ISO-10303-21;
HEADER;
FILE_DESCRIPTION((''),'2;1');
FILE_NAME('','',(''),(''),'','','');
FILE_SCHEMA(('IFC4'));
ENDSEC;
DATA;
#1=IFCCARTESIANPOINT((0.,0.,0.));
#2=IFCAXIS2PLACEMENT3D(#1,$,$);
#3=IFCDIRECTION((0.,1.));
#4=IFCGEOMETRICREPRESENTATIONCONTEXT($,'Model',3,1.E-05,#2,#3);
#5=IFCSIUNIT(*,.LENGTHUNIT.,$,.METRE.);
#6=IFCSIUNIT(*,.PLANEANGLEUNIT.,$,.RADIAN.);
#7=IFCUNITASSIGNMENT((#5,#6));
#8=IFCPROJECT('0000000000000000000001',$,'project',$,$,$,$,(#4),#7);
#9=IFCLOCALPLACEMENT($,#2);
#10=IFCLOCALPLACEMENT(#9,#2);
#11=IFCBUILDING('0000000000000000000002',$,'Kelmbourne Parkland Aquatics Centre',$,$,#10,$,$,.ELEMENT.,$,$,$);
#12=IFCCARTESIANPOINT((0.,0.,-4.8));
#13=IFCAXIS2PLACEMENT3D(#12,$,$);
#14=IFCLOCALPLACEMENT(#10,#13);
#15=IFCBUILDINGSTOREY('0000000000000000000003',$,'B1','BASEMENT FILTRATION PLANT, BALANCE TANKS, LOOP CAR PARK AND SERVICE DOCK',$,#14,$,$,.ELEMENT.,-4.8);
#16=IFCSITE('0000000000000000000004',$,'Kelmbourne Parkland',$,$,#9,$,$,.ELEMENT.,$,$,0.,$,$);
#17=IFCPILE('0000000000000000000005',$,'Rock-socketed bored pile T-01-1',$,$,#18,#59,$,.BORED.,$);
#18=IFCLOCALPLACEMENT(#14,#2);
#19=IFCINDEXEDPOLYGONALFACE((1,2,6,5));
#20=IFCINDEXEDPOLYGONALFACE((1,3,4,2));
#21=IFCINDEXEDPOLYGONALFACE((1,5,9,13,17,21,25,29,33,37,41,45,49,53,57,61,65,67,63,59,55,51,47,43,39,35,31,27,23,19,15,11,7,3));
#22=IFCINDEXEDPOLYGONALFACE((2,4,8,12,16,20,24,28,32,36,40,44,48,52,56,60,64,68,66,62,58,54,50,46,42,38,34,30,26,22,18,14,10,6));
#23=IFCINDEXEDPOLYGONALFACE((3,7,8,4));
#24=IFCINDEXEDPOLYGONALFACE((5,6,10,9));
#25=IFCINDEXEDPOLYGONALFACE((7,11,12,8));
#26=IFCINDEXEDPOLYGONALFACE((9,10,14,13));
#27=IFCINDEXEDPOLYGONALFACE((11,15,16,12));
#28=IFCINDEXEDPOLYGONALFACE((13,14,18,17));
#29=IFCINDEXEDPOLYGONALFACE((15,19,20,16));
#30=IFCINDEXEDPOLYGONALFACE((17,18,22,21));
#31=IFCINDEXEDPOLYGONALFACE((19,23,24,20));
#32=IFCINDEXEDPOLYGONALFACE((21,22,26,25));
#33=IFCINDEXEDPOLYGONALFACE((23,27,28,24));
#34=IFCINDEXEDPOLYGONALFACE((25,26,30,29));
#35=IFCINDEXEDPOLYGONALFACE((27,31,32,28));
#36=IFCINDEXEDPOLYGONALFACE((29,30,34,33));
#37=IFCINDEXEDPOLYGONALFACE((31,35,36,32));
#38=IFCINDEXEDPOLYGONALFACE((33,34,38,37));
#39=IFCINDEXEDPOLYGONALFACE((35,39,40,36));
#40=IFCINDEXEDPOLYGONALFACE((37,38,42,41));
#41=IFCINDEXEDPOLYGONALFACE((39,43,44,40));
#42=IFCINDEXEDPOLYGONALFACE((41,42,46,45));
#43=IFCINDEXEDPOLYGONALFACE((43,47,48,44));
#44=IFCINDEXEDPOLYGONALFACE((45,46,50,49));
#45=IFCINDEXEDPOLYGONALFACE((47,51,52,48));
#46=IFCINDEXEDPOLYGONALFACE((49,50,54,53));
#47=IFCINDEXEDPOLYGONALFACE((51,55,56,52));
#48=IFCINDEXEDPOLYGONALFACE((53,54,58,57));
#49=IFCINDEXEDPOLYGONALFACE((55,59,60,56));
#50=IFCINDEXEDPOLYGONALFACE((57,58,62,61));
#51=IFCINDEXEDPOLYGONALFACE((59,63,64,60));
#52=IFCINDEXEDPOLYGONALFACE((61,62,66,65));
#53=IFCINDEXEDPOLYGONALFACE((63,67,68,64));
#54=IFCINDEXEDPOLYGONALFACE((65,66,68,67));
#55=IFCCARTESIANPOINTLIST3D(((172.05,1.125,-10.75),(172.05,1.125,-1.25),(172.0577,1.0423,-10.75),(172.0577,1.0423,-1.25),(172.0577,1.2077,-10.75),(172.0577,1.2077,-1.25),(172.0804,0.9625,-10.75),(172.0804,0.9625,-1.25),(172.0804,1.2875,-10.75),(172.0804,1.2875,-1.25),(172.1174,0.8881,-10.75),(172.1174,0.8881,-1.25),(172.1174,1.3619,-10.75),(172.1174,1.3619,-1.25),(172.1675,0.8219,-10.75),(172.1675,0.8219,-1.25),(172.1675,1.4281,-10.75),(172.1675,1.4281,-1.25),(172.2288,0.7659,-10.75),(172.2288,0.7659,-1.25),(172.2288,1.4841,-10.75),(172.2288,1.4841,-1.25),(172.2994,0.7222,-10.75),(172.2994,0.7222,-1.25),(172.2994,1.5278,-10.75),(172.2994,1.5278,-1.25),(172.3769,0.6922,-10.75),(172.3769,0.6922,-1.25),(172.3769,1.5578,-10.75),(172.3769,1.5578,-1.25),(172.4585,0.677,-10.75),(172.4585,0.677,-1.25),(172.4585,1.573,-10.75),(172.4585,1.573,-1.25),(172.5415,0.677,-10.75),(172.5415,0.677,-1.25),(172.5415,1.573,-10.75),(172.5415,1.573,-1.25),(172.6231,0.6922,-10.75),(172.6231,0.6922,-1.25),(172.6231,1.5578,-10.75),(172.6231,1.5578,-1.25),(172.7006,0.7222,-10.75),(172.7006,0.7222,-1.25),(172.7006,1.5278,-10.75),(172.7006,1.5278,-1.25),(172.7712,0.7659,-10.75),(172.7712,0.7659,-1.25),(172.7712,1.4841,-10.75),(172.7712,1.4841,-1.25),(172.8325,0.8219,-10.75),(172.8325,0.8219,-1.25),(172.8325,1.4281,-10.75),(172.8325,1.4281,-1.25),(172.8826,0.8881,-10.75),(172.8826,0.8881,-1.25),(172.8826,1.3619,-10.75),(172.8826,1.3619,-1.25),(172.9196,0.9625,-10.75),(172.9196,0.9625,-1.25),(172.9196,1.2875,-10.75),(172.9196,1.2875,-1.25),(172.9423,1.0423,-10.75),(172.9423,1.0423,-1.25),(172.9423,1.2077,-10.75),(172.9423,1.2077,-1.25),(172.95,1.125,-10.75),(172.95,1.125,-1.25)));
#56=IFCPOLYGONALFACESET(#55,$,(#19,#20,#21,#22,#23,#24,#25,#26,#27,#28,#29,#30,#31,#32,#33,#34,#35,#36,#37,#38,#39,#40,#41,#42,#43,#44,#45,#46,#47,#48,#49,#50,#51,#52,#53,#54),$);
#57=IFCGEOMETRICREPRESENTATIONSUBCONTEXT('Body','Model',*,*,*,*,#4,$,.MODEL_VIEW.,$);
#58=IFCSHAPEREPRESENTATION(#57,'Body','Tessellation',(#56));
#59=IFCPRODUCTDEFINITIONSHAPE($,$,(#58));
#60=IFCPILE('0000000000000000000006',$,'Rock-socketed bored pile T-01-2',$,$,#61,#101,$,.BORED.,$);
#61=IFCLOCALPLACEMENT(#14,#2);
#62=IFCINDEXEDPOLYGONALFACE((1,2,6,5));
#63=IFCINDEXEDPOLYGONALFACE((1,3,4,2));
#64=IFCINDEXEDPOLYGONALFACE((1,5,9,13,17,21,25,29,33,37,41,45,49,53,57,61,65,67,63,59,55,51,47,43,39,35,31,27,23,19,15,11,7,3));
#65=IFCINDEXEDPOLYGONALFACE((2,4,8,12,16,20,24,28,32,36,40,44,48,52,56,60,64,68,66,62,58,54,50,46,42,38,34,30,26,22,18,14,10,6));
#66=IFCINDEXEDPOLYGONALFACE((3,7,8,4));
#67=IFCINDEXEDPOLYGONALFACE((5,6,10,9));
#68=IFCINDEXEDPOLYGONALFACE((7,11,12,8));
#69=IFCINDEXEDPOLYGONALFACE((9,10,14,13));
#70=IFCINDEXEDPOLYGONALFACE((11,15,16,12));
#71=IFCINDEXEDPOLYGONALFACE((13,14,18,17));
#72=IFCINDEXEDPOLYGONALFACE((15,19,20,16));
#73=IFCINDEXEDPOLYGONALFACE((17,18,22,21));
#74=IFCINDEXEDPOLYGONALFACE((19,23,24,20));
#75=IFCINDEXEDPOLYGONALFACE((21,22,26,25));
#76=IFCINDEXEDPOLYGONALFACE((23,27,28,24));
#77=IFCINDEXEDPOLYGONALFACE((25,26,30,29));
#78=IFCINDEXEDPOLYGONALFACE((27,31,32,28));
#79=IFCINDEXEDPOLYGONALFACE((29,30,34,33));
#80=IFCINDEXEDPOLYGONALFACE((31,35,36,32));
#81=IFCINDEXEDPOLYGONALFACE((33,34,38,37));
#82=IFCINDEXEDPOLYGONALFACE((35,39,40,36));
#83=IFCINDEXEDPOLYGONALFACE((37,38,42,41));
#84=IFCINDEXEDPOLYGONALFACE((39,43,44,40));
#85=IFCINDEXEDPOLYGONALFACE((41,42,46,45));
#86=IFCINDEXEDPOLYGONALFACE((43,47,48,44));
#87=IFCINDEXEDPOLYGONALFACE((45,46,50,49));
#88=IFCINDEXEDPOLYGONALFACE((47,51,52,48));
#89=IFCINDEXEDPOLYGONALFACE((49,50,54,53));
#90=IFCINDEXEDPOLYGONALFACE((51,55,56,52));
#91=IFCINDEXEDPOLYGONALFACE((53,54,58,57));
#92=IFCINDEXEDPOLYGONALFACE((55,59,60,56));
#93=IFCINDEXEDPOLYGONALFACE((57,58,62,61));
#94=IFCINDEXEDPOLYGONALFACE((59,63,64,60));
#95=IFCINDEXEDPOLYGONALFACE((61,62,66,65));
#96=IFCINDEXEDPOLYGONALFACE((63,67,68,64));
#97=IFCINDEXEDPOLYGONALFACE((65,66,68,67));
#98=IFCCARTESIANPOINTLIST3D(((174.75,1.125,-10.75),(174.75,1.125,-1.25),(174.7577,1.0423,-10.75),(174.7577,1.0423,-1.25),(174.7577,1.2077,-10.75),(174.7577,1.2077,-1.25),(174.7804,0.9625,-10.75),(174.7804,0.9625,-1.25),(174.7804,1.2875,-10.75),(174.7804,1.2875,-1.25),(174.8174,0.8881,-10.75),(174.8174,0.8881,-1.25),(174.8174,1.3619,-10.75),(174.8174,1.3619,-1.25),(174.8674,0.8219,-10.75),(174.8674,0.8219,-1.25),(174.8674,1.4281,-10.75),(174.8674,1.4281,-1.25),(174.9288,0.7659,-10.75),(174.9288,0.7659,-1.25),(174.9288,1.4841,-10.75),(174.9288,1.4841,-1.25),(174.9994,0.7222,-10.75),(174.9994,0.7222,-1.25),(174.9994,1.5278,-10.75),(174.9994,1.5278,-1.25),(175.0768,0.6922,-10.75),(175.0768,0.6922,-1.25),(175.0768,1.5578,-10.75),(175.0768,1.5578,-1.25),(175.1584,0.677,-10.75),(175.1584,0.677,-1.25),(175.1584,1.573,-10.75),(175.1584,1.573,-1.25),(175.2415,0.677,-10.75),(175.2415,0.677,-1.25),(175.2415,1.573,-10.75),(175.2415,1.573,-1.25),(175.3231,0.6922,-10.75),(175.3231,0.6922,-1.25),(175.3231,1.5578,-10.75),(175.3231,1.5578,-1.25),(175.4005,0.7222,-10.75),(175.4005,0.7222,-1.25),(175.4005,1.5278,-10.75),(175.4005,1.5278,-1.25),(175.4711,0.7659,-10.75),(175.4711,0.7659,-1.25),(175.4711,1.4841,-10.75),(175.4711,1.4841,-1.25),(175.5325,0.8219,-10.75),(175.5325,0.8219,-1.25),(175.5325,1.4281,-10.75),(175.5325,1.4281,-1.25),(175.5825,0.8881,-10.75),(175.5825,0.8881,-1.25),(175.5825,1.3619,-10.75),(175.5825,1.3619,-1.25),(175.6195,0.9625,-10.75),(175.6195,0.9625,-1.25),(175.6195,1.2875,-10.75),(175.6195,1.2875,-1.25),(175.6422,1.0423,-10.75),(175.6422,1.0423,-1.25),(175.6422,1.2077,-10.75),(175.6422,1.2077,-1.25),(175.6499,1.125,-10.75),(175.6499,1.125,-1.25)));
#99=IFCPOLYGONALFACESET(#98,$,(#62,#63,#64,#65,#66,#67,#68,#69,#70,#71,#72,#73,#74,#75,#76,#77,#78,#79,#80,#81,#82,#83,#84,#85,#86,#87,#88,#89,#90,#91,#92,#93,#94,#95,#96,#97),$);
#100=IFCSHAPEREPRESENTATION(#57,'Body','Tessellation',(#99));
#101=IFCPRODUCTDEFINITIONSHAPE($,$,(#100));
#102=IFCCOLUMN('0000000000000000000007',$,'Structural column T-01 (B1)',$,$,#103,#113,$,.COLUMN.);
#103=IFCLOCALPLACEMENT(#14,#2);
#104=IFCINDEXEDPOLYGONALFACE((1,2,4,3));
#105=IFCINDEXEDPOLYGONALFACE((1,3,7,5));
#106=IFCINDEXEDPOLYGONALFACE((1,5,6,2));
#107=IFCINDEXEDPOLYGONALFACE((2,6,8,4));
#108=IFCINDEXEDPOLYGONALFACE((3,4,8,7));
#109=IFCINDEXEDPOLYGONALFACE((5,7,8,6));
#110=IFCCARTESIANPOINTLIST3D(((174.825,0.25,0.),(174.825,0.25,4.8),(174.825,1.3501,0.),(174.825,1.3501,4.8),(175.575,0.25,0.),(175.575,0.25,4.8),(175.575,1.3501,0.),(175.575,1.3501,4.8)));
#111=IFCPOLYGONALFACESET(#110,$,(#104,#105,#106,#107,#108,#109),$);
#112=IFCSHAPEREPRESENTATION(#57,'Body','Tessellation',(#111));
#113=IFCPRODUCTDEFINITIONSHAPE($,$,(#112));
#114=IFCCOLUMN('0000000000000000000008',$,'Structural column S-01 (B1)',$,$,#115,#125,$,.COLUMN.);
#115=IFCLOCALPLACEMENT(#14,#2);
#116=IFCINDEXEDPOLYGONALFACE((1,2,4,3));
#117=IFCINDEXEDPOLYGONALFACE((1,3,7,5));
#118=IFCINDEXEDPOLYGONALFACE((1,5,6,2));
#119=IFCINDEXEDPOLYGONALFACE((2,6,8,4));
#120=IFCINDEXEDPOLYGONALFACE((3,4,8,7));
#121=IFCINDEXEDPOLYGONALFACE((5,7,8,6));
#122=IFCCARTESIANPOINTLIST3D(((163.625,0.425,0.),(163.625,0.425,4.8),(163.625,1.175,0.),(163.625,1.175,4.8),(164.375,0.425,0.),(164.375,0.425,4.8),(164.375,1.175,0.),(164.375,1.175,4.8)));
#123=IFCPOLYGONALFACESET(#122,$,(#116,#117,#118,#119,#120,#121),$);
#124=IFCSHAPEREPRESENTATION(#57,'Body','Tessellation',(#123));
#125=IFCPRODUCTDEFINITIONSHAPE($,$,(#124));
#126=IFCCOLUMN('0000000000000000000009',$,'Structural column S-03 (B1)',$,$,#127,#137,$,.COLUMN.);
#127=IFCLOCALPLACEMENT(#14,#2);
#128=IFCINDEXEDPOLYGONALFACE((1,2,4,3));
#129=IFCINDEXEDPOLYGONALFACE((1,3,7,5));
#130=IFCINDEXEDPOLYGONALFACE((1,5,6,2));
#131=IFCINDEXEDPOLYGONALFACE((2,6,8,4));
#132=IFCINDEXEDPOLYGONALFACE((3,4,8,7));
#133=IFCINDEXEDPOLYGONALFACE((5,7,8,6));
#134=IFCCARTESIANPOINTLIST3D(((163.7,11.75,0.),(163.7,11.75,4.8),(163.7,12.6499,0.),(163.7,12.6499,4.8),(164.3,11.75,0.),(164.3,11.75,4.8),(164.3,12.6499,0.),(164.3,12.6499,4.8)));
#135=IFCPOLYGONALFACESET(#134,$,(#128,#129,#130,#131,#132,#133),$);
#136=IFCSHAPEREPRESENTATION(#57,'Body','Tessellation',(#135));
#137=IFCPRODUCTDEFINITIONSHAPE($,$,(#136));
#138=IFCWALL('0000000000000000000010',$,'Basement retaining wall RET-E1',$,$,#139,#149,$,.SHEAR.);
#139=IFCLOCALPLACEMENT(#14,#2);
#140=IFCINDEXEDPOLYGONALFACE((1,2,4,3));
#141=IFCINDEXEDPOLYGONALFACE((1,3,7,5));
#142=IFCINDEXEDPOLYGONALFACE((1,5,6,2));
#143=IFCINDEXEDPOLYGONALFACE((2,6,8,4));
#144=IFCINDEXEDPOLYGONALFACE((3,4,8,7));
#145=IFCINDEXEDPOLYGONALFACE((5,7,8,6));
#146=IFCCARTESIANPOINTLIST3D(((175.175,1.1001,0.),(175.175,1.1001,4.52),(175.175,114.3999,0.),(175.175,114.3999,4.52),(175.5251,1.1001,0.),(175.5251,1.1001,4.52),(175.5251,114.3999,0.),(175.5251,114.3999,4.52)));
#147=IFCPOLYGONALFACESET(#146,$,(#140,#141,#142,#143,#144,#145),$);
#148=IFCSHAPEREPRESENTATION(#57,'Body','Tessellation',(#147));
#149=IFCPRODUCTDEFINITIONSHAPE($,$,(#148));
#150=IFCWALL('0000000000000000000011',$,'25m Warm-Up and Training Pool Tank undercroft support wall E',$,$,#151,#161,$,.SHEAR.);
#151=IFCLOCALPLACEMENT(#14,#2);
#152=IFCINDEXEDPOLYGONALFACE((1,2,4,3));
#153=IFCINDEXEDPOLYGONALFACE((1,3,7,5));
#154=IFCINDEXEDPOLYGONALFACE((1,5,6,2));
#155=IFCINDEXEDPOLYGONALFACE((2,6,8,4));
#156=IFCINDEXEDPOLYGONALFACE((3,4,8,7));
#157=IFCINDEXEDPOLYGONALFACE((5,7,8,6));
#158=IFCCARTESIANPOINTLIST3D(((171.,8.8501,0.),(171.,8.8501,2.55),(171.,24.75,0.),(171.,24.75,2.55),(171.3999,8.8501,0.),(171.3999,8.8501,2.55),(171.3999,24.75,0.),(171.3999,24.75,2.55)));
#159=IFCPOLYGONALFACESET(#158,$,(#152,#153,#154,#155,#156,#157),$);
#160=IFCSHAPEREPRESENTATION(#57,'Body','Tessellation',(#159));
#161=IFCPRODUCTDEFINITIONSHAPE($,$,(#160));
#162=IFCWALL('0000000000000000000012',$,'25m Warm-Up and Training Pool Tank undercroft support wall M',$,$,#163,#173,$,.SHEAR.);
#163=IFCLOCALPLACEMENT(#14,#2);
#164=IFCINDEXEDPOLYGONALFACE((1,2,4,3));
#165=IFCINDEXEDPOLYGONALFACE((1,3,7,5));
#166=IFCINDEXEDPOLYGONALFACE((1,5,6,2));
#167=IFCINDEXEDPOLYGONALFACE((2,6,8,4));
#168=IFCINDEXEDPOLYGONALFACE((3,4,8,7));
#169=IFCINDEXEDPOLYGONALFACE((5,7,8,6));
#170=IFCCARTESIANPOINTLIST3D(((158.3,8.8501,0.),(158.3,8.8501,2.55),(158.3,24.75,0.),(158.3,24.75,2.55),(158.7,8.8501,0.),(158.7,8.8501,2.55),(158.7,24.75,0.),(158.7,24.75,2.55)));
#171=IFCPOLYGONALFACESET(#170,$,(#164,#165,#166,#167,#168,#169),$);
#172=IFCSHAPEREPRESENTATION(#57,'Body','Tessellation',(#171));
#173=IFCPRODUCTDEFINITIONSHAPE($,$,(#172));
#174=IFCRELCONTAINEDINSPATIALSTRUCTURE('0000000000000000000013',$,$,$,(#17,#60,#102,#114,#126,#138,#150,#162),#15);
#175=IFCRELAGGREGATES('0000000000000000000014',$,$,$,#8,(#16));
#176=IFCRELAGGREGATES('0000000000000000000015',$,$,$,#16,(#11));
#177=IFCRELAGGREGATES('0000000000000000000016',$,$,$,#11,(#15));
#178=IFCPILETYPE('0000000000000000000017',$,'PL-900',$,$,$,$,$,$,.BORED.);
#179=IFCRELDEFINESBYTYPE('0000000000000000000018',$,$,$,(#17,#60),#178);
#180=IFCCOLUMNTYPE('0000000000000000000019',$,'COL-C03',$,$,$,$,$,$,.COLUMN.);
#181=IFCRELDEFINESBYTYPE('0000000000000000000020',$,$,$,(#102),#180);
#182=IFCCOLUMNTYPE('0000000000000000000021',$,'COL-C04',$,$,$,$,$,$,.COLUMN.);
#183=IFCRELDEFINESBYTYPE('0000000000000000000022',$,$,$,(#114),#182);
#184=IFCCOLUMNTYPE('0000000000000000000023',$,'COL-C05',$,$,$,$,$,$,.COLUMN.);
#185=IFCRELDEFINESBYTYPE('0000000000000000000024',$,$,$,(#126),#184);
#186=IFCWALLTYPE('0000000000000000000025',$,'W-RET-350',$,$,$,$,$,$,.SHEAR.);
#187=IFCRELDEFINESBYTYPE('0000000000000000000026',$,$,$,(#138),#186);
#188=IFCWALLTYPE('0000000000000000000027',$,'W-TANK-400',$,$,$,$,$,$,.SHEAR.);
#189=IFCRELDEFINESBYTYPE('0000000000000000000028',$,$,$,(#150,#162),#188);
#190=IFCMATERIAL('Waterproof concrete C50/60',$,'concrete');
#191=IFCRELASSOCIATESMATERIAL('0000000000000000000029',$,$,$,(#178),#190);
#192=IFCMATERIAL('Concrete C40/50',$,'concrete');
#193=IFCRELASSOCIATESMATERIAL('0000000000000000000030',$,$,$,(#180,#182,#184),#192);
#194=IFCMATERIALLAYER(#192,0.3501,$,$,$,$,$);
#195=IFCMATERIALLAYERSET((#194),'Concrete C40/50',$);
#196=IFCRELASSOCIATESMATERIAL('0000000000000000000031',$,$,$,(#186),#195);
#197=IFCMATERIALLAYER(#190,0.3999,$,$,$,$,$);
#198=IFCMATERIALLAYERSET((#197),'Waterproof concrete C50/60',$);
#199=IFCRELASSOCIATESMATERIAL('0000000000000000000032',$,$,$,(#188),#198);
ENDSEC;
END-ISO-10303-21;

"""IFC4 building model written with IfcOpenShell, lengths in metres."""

from ifc_helpers import new_model, si_unit, direction, frame, frame_2d, origin, origin_2d, place, context, subcontext, project, spatial, rectangle, circle, extrude, material, layer, layer_set, material_profile, profile_set, type_object, element, save


model = new_model("IFC4")

# Units and contexts
model_context = context("Model", 3, precision=1e-05, world=origin(), true_north=direction((0.0, 1.0)))
body_context = subcontext(model_context, "Body", "Model", "MODEL_VIEW")
ifc_project = project(units=[si_unit("LENGTHUNIT", "METRE"), si_unit("PLANEANGLEUNIT", "RADIAN")], contexts=[model_context])

# Site, building, storey
site_placement = place(None, origin())
site = spatial("IfcSite", under=ifc_project, at=site_placement, Name="Kelmbourne Parkland", CompositionType="ELEMENT", RefElevation=0.0)
building_placement = place(site_placement, origin())
building = spatial("IfcBuilding", under=site, at=building_placement, Name="Kelmbourne Parkland Aquatics Centre", CompositionType="ELEMENT")
storey_placement = place(building_placement, frame((0.0, 0.0, -4.8)))
storey = spatial("IfcBuildingStorey", under=building, at=storey_placement, Name="B1", Description="BASEMENT FILTRATION PLANT, BALANCE TANKS, LOOP CAR PARK AND SERVICE DOCK", CompositionType="ELEMENT", Elevation=-4.8)

# Shared definitions
ifc_material_1 = material(Name="Waterproof concrete C50/60", Category="concrete")

# Piles
ifc_material_profile_1 = material_profile(ifc_material_1, circle(Radius=0.45, at=origin_2d()), Name="PILE D900")
ifc_profile_set_1 = profile_set([ifc_material_profile_1], Name="Waterproof concrete C50/60")
pile_type_1 = type_object("IfcPileType", Name="PL-900", PredefinedType="BORED", material=ifc_profile_set_1)
for number, where, z_axis, x_axis, name in (
    (1, (172.5, 1.125, -1.25), (0.0, 0.0, -1.0), (1.0, 0.0, 0.0), "Rock-socketed bored pile T-01-1"),
    (2, (175.2, 1.125, -1.25), (0.0, 0.0, -1.0), (1.0, 0.0, 0.0), "Rock-socketed bored pile T-01-2"),
):
    element("IfcPile", number, at=place(storey_placement, frame(where, z_axis=z_axis, x_axis=x_axis)), inside=storey, type_object=pile_type_1, Name=name, PredefinedType="BORED", context=body_context, shape_type="SweptSolid", body=[
        extrude(circle(Radius=0.45, at=origin_2d()), origin(), (0.0, 0.0, 1.0), 9.5),
    ])

# Columns
ifc_material_2 = material(Name="Concrete C40/50", Category="concrete")
ifc_material_profile_2 = material_profile(ifc_material_2, rectangle(XDim=0.75, YDim=1.1001, at=origin_2d()), Name="RC 750x1100")
ifc_profile_set_2 = profile_set([ifc_material_profile_2], Name="Concrete C40/50")
column_type_1 = type_object("IfcColumnType", Name="COL-C03", PredefinedType="COLUMN", material=ifc_profile_set_2)
column_1_placement = place(storey_placement, frame((175.2, 0.8, 0.0), z_axis=(0.0, 0.0, 1.0), x_axis=(1.0, 0.0, 0.0)))
element("IfcColumn", 3, at=column_1_placement, inside=storey, type_object=column_type_1, Name="Structural column T-01 (B1)", PredefinedType="COLUMN", context=body_context, shape_type="SweptSolid", body=[
    extrude(rectangle(XDim=0.75, YDim=1.1001, at=origin_2d()), origin(), (0.0, 0.0, 1.0), 4.8),
])
ifc_material_profile_3 = material_profile(ifc_material_2, rectangle(XDim=0.75, YDim=0.75, at=origin_2d()), Name="RC 750x750")
ifc_profile_set_3 = profile_set([ifc_material_profile_3], Name="Concrete C40/50")
column_type_2 = type_object("IfcColumnType", Name="COL-C04", PredefinedType="COLUMN", material=ifc_profile_set_3)
column_2_placement = place(storey_placement, frame((164.0, 0.8, 0.0), z_axis=(0.0, 0.0, 1.0), x_axis=(1.0, 0.0, 0.0)))
element("IfcColumn", 4, at=column_2_placement, inside=storey, type_object=column_type_2, Name="Structural column S-01 (B1)", PredefinedType="COLUMN", context=body_context, shape_type="SweptSolid", body=[
    extrude(rectangle(XDim=0.75, YDim=0.75, at=origin_2d()), origin(), (0.0, 0.0, 1.0), 4.8),
])
ifc_material_profile_4 = material_profile(ifc_material_2, rectangle(XDim=0.6001, YDim=0.8999, at=origin_2d()), Name="RC 600x900")
ifc_profile_set_4 = profile_set([ifc_material_profile_4], Name="Concrete C40/50")
column_type_3 = type_object("IfcColumnType", Name="COL-C05", PredefinedType="COLUMN", material=ifc_profile_set_4)
column_3_placement = place(storey_placement, frame((164.0, 12.2, 0.0), z_axis=(0.0, 0.0, 1.0), x_axis=(1.0, 0.0, 0.0)))
element("IfcColumn", 5, at=column_3_placement, inside=storey, type_object=column_type_3, Name="Structural column S-03 (B1)", PredefinedType="COLUMN", context=body_context, shape_type="SweptSolid", body=[
    extrude(rectangle(XDim=0.6001, YDim=0.8999, at=origin_2d()), origin(), (0.0, 0.0, 1.0), 4.8),
])

# Walls
ifc_layer_1 = layer(ifc_material_2, 0.3501)
ifc_layer_set_1 = layer_set([ifc_layer_1], Name="Concrete C40/50")
wall_type_1 = type_object("IfcWallType", Name="W-RET-350", PredefinedType="SHEAR", material=ifc_layer_set_1)
wall_placement = place(storey_placement, frame((175.3501, 1.1001, 0.0), z_axis=(0.0, 0.0, 1.0), x_axis=(0.0, 1.0, 0.0)))
element("IfcWall", 6, at=wall_placement, inside=storey, type_object=wall_type_1, Name="Basement retaining wall RET-E1", PredefinedType="SHEAR", context=body_context, shape_type="SweptSolid", body=[
    extrude(rectangle(XDim=113.2998, YDim=0.3501, at=frame_2d((56.6499, 0.0))), origin(), (0.0, 0.0, 1.0), 4.52),
])
ifc_layer_2 = layer(ifc_material_1, 0.3999)
ifc_layer_set_2 = layer_set([ifc_layer_2], Name="Waterproof concrete C50/60")
wall_type_2 = type_object("IfcWallType", Name="W-TANK-400", PredefinedType="SHEAR", material=ifc_layer_set_2)
for number, where, z_axis, x_axis, name in (
    (7, (171.2, 8.8501, 0.0), (0.0, 0.0, 1.0), (0.0, 1.0, 0.0), "25m Warm-Up and Training Pool Tank undercroft support wall E"),
    (8, (158.5, 8.8501, 0.0), (0.0, 0.0, 1.0), (0.0, 1.0, 0.0), "25m Warm-Up and Training Pool Tank undercroft support wall M"),
):
    element("IfcWall", number, at=place(storey_placement, frame(where, z_axis=z_axis, x_axis=x_axis)), inside=storey, type_object=wall_type_2, Name=name, PredefinedType="SHEAR", context=body_context, shape_type="SweptSolid", body=[
        extrude(rectangle(XDim=15.8999, YDim=0.3999, at=frame_2d((7.95, 0.0))), origin(), (0.0, 0.0, 1.0), 2.55),
    ])

save(model, "model.ifc")
